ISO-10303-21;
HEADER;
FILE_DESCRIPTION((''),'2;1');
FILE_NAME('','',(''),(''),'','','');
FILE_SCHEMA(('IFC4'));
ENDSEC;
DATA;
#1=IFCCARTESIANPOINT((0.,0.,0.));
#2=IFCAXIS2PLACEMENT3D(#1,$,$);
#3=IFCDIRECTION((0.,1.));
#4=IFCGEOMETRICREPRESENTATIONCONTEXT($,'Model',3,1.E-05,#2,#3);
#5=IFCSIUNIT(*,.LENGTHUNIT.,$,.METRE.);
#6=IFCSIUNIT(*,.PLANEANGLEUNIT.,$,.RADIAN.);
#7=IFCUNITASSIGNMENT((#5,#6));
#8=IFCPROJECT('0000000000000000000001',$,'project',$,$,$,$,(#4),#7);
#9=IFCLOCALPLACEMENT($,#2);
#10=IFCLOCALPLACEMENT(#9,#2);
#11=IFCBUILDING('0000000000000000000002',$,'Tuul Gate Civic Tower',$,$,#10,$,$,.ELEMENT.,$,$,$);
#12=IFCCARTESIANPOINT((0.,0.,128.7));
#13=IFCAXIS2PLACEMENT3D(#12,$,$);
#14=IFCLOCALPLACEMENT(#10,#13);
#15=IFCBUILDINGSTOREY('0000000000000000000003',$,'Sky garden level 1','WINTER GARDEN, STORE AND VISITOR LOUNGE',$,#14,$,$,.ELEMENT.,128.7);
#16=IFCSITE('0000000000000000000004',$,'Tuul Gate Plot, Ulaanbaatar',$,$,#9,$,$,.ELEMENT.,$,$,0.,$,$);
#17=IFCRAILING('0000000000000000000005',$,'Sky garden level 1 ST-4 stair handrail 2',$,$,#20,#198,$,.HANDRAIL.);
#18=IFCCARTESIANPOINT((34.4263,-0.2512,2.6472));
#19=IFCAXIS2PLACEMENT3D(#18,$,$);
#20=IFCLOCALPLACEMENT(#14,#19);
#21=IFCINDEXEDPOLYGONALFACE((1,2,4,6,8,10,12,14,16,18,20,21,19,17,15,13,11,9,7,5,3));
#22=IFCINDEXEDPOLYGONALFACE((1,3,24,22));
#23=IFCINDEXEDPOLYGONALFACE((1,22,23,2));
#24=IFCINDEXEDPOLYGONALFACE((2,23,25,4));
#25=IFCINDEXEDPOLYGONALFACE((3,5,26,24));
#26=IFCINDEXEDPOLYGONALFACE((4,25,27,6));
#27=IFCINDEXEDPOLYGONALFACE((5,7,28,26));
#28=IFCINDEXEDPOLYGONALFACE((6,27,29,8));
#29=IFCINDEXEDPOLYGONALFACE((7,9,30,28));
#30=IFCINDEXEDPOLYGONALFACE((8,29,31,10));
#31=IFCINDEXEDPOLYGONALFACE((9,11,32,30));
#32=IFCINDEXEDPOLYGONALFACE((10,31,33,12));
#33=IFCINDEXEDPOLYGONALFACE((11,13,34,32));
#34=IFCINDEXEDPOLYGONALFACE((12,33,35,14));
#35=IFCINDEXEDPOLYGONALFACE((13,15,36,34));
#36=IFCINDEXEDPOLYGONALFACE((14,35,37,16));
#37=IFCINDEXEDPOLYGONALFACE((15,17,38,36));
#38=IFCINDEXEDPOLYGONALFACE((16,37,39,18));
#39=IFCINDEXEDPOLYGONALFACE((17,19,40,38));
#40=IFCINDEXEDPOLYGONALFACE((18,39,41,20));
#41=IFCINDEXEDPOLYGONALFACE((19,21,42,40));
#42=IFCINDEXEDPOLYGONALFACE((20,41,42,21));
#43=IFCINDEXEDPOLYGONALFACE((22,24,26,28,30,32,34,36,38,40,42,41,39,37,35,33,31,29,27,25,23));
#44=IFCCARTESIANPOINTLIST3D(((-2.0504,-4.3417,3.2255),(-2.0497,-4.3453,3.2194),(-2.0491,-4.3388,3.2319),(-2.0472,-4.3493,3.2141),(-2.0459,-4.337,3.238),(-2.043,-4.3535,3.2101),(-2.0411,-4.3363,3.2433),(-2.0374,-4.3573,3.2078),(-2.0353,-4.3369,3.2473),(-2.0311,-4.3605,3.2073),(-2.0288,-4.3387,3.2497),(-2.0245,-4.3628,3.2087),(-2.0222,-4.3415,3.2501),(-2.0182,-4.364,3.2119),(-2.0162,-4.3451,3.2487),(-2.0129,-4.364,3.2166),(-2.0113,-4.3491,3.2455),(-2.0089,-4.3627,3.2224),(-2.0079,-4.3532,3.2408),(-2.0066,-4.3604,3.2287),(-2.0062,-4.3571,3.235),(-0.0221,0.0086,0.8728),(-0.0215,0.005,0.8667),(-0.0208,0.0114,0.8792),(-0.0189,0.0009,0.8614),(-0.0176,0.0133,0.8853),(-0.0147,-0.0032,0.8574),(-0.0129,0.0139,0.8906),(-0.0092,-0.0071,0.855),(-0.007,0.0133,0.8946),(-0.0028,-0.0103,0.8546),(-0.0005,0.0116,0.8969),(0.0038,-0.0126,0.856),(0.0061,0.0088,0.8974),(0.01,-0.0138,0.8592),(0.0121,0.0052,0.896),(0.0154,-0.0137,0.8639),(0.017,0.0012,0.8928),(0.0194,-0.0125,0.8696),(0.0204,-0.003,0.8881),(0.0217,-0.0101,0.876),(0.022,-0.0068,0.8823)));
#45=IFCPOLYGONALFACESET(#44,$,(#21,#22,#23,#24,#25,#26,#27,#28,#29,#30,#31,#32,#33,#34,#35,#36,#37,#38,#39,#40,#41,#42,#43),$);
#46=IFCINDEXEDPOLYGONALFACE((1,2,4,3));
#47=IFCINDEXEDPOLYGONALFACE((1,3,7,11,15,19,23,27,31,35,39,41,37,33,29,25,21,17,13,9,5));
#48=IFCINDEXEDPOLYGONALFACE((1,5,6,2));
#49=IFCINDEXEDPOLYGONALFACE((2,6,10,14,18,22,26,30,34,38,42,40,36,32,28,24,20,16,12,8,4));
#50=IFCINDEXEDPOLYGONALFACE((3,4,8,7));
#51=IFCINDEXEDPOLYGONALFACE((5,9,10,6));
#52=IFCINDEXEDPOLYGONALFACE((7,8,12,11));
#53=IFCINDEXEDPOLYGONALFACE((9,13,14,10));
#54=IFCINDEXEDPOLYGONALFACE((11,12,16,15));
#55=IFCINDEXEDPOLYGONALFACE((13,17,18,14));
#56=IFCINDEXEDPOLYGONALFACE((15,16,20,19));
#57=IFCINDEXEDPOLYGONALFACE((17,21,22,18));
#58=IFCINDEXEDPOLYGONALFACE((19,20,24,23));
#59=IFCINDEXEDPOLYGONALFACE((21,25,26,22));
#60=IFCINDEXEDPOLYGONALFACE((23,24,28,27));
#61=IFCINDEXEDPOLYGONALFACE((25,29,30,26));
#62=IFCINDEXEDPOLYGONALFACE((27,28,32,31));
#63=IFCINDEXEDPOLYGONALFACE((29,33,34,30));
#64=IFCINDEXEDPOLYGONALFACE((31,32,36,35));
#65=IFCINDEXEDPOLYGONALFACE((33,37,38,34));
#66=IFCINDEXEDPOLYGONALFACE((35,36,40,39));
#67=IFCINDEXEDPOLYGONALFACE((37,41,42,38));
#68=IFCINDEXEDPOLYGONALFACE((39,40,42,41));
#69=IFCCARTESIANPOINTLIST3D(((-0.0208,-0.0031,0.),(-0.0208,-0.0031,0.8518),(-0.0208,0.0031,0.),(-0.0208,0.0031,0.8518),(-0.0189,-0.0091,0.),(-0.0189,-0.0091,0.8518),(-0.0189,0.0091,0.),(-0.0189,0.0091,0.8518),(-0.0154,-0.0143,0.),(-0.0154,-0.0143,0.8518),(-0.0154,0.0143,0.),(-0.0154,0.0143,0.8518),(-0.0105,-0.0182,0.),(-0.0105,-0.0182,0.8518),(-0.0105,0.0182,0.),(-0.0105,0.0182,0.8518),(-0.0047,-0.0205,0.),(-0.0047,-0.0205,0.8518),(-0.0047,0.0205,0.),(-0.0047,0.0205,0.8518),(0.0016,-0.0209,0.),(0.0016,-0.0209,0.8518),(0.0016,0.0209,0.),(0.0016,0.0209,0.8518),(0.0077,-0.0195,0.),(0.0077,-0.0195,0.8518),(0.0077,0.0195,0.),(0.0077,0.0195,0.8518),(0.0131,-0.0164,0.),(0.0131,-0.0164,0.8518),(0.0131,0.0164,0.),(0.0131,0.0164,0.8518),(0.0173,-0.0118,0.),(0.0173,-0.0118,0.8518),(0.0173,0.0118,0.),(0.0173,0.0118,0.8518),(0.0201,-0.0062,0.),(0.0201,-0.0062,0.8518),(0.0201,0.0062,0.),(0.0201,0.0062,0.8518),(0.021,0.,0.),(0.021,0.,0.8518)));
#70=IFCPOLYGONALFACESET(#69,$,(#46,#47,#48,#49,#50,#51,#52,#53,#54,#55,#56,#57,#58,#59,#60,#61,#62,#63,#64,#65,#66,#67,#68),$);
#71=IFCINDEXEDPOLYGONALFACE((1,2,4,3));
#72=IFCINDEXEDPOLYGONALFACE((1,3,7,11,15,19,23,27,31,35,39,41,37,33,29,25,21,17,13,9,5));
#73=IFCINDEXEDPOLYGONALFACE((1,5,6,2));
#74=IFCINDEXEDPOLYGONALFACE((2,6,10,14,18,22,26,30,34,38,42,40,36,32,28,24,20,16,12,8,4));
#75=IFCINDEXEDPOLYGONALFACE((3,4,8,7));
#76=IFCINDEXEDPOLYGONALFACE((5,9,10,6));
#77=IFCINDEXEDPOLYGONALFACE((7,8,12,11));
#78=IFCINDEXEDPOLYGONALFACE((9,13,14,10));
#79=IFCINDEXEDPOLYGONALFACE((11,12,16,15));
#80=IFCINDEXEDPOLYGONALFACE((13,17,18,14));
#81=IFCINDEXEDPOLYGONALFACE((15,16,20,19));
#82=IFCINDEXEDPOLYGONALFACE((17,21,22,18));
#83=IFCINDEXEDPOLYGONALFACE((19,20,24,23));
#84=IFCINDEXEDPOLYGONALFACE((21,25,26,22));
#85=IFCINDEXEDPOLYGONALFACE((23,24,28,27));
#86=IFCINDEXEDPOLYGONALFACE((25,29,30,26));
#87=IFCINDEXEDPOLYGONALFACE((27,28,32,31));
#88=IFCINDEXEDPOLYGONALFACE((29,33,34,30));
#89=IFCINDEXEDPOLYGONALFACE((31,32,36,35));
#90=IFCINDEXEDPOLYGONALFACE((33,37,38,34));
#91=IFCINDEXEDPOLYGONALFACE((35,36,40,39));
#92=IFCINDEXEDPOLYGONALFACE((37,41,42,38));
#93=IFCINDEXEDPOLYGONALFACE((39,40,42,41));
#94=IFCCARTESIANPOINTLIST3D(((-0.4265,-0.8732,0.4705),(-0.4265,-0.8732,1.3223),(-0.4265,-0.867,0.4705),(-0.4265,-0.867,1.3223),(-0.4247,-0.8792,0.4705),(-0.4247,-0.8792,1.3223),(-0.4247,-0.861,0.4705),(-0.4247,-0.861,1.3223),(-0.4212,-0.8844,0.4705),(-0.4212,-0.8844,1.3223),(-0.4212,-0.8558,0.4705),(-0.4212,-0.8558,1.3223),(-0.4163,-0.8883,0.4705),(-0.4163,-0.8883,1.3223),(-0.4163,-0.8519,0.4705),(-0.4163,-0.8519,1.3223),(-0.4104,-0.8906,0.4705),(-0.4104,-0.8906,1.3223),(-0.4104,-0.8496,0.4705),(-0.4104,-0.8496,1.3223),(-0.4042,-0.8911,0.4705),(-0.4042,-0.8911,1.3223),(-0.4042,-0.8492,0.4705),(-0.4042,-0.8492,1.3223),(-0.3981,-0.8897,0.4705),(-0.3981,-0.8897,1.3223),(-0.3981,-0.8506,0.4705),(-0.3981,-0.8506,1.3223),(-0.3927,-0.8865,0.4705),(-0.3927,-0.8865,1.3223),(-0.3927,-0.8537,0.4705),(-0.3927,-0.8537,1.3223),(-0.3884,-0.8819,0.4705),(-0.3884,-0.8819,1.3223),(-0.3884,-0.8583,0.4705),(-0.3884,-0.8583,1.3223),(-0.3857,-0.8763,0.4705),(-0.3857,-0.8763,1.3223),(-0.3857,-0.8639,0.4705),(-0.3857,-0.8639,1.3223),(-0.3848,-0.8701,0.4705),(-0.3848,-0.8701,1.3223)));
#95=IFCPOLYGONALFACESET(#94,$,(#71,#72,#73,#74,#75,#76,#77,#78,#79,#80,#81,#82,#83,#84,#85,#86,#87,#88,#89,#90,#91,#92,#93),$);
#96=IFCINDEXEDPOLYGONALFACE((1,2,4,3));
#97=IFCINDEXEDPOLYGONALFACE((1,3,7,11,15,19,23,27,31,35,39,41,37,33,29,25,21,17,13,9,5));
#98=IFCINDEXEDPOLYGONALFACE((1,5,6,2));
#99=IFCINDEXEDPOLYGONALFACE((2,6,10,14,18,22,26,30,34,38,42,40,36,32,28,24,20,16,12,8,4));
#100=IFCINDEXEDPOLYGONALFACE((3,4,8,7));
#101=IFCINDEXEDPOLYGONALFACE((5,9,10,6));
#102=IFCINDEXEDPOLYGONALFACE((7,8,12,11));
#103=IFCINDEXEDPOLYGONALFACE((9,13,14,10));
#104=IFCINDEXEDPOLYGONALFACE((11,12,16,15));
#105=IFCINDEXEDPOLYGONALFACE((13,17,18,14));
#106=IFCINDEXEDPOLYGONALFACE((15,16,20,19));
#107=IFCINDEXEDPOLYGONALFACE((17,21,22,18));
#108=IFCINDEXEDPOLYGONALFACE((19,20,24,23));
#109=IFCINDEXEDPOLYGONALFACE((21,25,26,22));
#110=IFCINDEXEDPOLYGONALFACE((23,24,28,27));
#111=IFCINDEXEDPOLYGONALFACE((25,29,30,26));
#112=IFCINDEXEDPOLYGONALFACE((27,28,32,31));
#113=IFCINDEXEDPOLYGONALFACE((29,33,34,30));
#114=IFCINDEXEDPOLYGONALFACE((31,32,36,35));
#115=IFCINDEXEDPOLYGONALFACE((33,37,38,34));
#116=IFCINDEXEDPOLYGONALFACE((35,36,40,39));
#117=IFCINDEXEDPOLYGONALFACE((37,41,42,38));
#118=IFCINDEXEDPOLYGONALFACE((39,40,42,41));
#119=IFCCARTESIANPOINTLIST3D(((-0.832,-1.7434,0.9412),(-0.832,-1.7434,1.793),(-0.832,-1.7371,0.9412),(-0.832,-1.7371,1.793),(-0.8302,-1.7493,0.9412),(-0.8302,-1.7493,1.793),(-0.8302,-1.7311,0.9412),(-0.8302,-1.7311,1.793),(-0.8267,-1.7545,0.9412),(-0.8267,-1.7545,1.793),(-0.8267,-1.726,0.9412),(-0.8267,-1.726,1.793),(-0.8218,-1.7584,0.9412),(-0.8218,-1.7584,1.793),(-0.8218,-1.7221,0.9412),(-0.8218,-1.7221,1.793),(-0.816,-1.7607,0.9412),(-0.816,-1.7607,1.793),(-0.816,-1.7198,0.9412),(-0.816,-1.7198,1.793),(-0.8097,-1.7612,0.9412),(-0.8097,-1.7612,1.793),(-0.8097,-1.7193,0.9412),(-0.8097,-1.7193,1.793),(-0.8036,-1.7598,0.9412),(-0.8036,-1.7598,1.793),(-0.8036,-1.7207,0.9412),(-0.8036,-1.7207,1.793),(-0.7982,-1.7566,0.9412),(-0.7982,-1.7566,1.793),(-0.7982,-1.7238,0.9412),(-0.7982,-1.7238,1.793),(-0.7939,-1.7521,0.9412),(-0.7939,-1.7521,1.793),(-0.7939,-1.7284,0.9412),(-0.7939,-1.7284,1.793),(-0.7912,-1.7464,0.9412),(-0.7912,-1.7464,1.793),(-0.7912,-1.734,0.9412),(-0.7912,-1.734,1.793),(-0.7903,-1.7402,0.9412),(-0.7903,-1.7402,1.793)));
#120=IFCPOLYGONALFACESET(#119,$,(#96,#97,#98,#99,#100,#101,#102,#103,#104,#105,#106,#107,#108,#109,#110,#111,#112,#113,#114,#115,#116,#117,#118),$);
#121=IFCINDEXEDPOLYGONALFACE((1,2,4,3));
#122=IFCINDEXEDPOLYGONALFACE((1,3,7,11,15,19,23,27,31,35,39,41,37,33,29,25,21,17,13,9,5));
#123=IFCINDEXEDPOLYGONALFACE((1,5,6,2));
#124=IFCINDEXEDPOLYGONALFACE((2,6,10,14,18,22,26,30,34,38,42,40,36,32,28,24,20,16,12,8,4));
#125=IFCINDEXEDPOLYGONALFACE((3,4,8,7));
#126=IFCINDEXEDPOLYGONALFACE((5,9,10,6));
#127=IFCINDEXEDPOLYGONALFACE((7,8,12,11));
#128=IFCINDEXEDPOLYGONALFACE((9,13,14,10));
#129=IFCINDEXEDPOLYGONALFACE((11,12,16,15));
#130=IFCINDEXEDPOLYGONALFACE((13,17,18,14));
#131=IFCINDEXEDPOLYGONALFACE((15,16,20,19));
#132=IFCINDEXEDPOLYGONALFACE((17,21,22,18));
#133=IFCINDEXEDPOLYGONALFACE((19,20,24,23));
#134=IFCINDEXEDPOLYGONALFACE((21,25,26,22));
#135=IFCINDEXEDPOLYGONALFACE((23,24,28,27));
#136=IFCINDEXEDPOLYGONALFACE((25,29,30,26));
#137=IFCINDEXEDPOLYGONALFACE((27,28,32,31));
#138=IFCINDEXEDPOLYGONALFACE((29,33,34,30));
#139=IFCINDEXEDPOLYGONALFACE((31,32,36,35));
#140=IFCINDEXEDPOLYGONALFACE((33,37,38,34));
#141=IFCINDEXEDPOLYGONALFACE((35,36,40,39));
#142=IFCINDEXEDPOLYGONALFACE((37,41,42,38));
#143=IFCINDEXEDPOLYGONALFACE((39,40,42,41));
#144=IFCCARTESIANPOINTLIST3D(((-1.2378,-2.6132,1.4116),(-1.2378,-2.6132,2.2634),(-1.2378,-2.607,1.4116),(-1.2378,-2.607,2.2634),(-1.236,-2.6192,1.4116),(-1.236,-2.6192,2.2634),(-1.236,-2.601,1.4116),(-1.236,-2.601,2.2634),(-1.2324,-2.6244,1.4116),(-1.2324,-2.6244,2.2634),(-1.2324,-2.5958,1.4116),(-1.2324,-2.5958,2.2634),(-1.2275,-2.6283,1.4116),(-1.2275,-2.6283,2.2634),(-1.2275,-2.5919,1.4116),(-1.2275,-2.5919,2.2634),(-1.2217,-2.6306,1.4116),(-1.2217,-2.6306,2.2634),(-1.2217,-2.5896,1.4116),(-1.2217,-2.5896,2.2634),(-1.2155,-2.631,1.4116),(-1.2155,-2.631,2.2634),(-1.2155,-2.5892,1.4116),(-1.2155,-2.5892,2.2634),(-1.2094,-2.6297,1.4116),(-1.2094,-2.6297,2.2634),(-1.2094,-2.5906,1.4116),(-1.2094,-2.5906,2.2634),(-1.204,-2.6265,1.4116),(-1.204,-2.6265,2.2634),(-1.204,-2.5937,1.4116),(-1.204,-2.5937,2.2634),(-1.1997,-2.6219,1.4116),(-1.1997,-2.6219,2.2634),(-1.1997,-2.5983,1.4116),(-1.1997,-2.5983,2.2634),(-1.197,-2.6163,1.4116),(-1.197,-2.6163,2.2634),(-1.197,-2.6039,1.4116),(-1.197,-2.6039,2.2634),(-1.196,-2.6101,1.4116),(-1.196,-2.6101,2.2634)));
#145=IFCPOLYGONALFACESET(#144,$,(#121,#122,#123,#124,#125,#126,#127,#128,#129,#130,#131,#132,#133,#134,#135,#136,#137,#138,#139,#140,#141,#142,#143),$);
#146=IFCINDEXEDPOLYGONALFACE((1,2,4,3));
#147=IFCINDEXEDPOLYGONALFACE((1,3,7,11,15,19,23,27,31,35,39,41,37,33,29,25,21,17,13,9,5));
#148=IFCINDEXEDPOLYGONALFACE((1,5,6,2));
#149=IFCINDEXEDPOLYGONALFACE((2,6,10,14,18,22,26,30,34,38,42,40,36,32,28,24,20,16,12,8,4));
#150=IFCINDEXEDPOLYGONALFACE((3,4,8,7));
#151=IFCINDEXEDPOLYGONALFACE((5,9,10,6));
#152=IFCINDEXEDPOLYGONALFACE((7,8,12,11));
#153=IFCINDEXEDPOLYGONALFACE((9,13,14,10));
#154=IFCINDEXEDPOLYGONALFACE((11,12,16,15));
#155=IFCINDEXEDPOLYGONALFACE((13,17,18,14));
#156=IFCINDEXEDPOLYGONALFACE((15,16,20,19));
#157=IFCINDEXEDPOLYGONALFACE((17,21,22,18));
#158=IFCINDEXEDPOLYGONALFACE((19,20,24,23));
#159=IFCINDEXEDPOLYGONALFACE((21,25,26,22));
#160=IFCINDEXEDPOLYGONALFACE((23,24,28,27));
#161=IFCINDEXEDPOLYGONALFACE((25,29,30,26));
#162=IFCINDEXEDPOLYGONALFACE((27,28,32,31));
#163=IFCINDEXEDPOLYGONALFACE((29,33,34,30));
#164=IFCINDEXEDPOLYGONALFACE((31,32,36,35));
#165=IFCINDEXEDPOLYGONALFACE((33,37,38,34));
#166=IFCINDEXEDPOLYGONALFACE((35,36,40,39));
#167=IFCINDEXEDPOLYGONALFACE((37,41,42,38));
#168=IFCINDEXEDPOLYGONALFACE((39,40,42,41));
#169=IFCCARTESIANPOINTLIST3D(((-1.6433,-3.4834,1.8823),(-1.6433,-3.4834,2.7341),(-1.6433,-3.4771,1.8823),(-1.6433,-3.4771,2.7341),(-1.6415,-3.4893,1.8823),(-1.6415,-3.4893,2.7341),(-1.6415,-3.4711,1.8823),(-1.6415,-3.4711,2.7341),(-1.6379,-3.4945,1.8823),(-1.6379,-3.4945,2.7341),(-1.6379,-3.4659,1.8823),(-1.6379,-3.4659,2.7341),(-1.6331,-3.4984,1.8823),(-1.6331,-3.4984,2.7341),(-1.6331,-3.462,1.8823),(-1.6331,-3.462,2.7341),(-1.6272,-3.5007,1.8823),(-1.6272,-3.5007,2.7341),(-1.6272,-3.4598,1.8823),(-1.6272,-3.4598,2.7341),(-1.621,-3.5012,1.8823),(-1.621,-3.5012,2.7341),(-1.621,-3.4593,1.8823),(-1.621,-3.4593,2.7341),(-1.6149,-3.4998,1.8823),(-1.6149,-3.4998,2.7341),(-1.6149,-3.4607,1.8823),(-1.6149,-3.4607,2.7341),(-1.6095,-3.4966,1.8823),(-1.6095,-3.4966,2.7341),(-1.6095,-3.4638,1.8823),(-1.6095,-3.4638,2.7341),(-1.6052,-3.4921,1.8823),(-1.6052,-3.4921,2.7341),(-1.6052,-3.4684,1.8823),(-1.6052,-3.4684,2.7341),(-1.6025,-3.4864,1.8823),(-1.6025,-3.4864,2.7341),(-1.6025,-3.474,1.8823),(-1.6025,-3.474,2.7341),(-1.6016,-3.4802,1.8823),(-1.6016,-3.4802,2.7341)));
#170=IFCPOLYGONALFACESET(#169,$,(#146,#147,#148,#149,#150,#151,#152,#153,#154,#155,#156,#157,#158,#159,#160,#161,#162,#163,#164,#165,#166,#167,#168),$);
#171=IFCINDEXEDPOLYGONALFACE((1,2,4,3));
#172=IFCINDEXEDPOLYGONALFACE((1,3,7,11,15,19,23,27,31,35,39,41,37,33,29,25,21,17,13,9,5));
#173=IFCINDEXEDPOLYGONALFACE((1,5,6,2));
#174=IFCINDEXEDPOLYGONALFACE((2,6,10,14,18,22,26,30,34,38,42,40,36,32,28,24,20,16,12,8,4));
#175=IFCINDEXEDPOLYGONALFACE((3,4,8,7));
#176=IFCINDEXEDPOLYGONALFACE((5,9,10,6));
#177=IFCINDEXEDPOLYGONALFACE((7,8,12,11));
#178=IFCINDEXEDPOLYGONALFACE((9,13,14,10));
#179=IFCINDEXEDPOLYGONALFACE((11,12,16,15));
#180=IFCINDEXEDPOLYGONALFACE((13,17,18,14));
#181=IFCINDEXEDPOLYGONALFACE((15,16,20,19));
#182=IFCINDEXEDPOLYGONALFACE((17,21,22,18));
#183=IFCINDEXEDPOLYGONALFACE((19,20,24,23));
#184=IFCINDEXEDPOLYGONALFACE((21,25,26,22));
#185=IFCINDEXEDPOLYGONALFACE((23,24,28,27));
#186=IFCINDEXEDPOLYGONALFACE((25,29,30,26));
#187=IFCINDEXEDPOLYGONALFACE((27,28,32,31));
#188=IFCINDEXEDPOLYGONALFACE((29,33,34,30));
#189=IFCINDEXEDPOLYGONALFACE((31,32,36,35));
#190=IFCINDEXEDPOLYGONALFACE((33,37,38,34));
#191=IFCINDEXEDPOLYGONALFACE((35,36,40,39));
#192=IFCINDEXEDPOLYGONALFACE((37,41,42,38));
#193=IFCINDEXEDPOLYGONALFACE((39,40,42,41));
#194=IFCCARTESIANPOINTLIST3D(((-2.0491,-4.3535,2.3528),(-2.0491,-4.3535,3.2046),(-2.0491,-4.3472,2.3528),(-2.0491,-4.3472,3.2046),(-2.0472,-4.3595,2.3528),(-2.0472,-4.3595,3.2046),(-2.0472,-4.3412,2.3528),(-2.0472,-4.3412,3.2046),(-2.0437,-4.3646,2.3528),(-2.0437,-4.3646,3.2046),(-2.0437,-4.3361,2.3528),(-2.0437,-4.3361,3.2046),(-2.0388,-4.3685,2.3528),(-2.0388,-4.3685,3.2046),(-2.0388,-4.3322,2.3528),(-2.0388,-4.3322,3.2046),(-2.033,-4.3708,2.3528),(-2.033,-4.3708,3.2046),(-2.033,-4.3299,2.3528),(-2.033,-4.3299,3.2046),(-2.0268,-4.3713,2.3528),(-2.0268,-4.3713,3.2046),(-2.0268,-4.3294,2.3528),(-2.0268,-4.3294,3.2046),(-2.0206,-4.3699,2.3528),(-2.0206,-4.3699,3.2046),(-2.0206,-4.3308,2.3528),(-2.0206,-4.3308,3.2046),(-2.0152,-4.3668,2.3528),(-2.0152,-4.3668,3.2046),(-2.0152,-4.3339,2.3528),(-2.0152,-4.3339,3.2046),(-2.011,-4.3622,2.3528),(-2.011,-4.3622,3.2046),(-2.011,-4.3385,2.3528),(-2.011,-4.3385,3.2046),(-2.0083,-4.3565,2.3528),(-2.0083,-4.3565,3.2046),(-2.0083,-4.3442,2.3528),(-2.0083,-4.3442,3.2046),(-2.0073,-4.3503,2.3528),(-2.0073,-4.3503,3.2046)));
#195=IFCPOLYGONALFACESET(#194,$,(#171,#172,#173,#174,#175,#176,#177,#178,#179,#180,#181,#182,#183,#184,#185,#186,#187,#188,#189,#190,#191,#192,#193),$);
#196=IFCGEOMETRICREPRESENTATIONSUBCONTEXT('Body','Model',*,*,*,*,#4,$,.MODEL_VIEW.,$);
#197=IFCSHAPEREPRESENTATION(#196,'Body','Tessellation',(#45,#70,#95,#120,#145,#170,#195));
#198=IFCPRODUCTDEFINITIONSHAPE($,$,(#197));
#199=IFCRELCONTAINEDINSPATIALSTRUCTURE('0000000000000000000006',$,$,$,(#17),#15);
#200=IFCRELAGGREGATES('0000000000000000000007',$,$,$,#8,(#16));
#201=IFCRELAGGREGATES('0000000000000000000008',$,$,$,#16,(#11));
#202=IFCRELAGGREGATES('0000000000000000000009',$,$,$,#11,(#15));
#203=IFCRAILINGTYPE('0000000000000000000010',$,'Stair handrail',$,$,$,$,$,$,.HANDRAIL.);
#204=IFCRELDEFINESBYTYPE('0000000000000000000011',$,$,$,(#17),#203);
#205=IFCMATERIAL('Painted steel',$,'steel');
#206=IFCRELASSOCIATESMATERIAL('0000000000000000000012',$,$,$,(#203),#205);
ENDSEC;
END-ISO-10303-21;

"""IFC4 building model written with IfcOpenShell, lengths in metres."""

from ifc_helpers import new_model, si_unit, direction, frame, origin, origin_2d, place, context, subcontext, project, spatial, circle, extrude, material, type_object, element, save


model = new_model("IFC4")

# Units and contexts
model_context = context("Model", 3, precision=1e-05, world=origin(), true_north=direction((0.0, 1.0)))
body_context = subcontext(model_context, "Body", "Model", "MODEL_VIEW")
ifc_project = project(units=[si_unit("LENGTHUNIT", "METRE"), si_unit("PLANEANGLEUNIT", "RADIAN")], contexts=[model_context])

# Site, building, storey
site_placement = place(None, origin())
site = spatial("IfcSite", under=ifc_project, at=site_placement, Name="Tuul Gate Plot, Ulaanbaatar", CompositionType="ELEMENT", RefElevation=0.0)
building_placement = place(site_placement, origin())
building = spatial("IfcBuilding", under=site, at=building_placement, Name="Tuul Gate Civic Tower", CompositionType="ELEMENT")
storey_placement = place(building_placement, frame((0.0, 0.0, 128.7)))
storey = spatial("IfcBuildingStorey", under=building, at=storey_placement, Name="Sky garden level 1", Description="WINTER GARDEN, STORE AND VISITOR LOUNGE", CompositionType="ELEMENT", Elevation=128.7)

# Railing
ifc_material_1 = material(Name="Painted steel", Category="steel")
railing_type = type_object("IfcRailingType", Name="Stair handrail", PredefinedType="HANDRAIL", material=ifc_material_1)
railing_placement = place(storey_placement, frame((34.4263, -0.2512, 2.6472)))
element("IfcRailing", 1, at=railing_placement, inside=storey, type_object=railing_type, Name="Sky garden level 1 ST-4 stair handrail 2", PredefinedType="HANDRAIL", context=body_context, shape_type="SweptSolid", body=[
    extrude(circle(Radius=0.0239, at=origin_2d()), frame((0.0, 0.0, 0.876), z_axis=(-0.379439, -0.813821, 0.440137), x_axis=(0.90633, -0.422571, 0.0)), (0.0, 0.0, 1.0), 5.3455),
    extrude(circle(Radius=0.021, at=origin_2d()), origin(), (0.0, 0.0, 1.0), 0.8518),
    extrude(circle(Radius=0.021, at=origin_2d()), frame((-0.4058, -0.8701, 0.4705)), (0.0, 0.0, 1.0), 0.8518),
    extrude(circle(Radius=0.021, at=origin_2d()), frame((-0.8113, -1.7402, 0.9412)), (0.0, 0.0, 1.0), 0.8518),
    extrude(circle(Radius=0.021, at=origin_2d()), frame((-1.217, -2.6101, 1.4116)), (0.0, 0.0, 1.0), 0.8518),
    extrude(circle(Radius=0.021, at=origin_2d()), frame((-1.6226, -3.4802, 1.8823)), (0.0, 0.0, 1.0), 0.8518),
    extrude(circle(Radius=0.021, at=origin_2d()), frame((-2.0283, -4.3503, 2.3528)), (0.0, 0.0, 1.0), 0.8518),
])

save(model, "model.ifc")
